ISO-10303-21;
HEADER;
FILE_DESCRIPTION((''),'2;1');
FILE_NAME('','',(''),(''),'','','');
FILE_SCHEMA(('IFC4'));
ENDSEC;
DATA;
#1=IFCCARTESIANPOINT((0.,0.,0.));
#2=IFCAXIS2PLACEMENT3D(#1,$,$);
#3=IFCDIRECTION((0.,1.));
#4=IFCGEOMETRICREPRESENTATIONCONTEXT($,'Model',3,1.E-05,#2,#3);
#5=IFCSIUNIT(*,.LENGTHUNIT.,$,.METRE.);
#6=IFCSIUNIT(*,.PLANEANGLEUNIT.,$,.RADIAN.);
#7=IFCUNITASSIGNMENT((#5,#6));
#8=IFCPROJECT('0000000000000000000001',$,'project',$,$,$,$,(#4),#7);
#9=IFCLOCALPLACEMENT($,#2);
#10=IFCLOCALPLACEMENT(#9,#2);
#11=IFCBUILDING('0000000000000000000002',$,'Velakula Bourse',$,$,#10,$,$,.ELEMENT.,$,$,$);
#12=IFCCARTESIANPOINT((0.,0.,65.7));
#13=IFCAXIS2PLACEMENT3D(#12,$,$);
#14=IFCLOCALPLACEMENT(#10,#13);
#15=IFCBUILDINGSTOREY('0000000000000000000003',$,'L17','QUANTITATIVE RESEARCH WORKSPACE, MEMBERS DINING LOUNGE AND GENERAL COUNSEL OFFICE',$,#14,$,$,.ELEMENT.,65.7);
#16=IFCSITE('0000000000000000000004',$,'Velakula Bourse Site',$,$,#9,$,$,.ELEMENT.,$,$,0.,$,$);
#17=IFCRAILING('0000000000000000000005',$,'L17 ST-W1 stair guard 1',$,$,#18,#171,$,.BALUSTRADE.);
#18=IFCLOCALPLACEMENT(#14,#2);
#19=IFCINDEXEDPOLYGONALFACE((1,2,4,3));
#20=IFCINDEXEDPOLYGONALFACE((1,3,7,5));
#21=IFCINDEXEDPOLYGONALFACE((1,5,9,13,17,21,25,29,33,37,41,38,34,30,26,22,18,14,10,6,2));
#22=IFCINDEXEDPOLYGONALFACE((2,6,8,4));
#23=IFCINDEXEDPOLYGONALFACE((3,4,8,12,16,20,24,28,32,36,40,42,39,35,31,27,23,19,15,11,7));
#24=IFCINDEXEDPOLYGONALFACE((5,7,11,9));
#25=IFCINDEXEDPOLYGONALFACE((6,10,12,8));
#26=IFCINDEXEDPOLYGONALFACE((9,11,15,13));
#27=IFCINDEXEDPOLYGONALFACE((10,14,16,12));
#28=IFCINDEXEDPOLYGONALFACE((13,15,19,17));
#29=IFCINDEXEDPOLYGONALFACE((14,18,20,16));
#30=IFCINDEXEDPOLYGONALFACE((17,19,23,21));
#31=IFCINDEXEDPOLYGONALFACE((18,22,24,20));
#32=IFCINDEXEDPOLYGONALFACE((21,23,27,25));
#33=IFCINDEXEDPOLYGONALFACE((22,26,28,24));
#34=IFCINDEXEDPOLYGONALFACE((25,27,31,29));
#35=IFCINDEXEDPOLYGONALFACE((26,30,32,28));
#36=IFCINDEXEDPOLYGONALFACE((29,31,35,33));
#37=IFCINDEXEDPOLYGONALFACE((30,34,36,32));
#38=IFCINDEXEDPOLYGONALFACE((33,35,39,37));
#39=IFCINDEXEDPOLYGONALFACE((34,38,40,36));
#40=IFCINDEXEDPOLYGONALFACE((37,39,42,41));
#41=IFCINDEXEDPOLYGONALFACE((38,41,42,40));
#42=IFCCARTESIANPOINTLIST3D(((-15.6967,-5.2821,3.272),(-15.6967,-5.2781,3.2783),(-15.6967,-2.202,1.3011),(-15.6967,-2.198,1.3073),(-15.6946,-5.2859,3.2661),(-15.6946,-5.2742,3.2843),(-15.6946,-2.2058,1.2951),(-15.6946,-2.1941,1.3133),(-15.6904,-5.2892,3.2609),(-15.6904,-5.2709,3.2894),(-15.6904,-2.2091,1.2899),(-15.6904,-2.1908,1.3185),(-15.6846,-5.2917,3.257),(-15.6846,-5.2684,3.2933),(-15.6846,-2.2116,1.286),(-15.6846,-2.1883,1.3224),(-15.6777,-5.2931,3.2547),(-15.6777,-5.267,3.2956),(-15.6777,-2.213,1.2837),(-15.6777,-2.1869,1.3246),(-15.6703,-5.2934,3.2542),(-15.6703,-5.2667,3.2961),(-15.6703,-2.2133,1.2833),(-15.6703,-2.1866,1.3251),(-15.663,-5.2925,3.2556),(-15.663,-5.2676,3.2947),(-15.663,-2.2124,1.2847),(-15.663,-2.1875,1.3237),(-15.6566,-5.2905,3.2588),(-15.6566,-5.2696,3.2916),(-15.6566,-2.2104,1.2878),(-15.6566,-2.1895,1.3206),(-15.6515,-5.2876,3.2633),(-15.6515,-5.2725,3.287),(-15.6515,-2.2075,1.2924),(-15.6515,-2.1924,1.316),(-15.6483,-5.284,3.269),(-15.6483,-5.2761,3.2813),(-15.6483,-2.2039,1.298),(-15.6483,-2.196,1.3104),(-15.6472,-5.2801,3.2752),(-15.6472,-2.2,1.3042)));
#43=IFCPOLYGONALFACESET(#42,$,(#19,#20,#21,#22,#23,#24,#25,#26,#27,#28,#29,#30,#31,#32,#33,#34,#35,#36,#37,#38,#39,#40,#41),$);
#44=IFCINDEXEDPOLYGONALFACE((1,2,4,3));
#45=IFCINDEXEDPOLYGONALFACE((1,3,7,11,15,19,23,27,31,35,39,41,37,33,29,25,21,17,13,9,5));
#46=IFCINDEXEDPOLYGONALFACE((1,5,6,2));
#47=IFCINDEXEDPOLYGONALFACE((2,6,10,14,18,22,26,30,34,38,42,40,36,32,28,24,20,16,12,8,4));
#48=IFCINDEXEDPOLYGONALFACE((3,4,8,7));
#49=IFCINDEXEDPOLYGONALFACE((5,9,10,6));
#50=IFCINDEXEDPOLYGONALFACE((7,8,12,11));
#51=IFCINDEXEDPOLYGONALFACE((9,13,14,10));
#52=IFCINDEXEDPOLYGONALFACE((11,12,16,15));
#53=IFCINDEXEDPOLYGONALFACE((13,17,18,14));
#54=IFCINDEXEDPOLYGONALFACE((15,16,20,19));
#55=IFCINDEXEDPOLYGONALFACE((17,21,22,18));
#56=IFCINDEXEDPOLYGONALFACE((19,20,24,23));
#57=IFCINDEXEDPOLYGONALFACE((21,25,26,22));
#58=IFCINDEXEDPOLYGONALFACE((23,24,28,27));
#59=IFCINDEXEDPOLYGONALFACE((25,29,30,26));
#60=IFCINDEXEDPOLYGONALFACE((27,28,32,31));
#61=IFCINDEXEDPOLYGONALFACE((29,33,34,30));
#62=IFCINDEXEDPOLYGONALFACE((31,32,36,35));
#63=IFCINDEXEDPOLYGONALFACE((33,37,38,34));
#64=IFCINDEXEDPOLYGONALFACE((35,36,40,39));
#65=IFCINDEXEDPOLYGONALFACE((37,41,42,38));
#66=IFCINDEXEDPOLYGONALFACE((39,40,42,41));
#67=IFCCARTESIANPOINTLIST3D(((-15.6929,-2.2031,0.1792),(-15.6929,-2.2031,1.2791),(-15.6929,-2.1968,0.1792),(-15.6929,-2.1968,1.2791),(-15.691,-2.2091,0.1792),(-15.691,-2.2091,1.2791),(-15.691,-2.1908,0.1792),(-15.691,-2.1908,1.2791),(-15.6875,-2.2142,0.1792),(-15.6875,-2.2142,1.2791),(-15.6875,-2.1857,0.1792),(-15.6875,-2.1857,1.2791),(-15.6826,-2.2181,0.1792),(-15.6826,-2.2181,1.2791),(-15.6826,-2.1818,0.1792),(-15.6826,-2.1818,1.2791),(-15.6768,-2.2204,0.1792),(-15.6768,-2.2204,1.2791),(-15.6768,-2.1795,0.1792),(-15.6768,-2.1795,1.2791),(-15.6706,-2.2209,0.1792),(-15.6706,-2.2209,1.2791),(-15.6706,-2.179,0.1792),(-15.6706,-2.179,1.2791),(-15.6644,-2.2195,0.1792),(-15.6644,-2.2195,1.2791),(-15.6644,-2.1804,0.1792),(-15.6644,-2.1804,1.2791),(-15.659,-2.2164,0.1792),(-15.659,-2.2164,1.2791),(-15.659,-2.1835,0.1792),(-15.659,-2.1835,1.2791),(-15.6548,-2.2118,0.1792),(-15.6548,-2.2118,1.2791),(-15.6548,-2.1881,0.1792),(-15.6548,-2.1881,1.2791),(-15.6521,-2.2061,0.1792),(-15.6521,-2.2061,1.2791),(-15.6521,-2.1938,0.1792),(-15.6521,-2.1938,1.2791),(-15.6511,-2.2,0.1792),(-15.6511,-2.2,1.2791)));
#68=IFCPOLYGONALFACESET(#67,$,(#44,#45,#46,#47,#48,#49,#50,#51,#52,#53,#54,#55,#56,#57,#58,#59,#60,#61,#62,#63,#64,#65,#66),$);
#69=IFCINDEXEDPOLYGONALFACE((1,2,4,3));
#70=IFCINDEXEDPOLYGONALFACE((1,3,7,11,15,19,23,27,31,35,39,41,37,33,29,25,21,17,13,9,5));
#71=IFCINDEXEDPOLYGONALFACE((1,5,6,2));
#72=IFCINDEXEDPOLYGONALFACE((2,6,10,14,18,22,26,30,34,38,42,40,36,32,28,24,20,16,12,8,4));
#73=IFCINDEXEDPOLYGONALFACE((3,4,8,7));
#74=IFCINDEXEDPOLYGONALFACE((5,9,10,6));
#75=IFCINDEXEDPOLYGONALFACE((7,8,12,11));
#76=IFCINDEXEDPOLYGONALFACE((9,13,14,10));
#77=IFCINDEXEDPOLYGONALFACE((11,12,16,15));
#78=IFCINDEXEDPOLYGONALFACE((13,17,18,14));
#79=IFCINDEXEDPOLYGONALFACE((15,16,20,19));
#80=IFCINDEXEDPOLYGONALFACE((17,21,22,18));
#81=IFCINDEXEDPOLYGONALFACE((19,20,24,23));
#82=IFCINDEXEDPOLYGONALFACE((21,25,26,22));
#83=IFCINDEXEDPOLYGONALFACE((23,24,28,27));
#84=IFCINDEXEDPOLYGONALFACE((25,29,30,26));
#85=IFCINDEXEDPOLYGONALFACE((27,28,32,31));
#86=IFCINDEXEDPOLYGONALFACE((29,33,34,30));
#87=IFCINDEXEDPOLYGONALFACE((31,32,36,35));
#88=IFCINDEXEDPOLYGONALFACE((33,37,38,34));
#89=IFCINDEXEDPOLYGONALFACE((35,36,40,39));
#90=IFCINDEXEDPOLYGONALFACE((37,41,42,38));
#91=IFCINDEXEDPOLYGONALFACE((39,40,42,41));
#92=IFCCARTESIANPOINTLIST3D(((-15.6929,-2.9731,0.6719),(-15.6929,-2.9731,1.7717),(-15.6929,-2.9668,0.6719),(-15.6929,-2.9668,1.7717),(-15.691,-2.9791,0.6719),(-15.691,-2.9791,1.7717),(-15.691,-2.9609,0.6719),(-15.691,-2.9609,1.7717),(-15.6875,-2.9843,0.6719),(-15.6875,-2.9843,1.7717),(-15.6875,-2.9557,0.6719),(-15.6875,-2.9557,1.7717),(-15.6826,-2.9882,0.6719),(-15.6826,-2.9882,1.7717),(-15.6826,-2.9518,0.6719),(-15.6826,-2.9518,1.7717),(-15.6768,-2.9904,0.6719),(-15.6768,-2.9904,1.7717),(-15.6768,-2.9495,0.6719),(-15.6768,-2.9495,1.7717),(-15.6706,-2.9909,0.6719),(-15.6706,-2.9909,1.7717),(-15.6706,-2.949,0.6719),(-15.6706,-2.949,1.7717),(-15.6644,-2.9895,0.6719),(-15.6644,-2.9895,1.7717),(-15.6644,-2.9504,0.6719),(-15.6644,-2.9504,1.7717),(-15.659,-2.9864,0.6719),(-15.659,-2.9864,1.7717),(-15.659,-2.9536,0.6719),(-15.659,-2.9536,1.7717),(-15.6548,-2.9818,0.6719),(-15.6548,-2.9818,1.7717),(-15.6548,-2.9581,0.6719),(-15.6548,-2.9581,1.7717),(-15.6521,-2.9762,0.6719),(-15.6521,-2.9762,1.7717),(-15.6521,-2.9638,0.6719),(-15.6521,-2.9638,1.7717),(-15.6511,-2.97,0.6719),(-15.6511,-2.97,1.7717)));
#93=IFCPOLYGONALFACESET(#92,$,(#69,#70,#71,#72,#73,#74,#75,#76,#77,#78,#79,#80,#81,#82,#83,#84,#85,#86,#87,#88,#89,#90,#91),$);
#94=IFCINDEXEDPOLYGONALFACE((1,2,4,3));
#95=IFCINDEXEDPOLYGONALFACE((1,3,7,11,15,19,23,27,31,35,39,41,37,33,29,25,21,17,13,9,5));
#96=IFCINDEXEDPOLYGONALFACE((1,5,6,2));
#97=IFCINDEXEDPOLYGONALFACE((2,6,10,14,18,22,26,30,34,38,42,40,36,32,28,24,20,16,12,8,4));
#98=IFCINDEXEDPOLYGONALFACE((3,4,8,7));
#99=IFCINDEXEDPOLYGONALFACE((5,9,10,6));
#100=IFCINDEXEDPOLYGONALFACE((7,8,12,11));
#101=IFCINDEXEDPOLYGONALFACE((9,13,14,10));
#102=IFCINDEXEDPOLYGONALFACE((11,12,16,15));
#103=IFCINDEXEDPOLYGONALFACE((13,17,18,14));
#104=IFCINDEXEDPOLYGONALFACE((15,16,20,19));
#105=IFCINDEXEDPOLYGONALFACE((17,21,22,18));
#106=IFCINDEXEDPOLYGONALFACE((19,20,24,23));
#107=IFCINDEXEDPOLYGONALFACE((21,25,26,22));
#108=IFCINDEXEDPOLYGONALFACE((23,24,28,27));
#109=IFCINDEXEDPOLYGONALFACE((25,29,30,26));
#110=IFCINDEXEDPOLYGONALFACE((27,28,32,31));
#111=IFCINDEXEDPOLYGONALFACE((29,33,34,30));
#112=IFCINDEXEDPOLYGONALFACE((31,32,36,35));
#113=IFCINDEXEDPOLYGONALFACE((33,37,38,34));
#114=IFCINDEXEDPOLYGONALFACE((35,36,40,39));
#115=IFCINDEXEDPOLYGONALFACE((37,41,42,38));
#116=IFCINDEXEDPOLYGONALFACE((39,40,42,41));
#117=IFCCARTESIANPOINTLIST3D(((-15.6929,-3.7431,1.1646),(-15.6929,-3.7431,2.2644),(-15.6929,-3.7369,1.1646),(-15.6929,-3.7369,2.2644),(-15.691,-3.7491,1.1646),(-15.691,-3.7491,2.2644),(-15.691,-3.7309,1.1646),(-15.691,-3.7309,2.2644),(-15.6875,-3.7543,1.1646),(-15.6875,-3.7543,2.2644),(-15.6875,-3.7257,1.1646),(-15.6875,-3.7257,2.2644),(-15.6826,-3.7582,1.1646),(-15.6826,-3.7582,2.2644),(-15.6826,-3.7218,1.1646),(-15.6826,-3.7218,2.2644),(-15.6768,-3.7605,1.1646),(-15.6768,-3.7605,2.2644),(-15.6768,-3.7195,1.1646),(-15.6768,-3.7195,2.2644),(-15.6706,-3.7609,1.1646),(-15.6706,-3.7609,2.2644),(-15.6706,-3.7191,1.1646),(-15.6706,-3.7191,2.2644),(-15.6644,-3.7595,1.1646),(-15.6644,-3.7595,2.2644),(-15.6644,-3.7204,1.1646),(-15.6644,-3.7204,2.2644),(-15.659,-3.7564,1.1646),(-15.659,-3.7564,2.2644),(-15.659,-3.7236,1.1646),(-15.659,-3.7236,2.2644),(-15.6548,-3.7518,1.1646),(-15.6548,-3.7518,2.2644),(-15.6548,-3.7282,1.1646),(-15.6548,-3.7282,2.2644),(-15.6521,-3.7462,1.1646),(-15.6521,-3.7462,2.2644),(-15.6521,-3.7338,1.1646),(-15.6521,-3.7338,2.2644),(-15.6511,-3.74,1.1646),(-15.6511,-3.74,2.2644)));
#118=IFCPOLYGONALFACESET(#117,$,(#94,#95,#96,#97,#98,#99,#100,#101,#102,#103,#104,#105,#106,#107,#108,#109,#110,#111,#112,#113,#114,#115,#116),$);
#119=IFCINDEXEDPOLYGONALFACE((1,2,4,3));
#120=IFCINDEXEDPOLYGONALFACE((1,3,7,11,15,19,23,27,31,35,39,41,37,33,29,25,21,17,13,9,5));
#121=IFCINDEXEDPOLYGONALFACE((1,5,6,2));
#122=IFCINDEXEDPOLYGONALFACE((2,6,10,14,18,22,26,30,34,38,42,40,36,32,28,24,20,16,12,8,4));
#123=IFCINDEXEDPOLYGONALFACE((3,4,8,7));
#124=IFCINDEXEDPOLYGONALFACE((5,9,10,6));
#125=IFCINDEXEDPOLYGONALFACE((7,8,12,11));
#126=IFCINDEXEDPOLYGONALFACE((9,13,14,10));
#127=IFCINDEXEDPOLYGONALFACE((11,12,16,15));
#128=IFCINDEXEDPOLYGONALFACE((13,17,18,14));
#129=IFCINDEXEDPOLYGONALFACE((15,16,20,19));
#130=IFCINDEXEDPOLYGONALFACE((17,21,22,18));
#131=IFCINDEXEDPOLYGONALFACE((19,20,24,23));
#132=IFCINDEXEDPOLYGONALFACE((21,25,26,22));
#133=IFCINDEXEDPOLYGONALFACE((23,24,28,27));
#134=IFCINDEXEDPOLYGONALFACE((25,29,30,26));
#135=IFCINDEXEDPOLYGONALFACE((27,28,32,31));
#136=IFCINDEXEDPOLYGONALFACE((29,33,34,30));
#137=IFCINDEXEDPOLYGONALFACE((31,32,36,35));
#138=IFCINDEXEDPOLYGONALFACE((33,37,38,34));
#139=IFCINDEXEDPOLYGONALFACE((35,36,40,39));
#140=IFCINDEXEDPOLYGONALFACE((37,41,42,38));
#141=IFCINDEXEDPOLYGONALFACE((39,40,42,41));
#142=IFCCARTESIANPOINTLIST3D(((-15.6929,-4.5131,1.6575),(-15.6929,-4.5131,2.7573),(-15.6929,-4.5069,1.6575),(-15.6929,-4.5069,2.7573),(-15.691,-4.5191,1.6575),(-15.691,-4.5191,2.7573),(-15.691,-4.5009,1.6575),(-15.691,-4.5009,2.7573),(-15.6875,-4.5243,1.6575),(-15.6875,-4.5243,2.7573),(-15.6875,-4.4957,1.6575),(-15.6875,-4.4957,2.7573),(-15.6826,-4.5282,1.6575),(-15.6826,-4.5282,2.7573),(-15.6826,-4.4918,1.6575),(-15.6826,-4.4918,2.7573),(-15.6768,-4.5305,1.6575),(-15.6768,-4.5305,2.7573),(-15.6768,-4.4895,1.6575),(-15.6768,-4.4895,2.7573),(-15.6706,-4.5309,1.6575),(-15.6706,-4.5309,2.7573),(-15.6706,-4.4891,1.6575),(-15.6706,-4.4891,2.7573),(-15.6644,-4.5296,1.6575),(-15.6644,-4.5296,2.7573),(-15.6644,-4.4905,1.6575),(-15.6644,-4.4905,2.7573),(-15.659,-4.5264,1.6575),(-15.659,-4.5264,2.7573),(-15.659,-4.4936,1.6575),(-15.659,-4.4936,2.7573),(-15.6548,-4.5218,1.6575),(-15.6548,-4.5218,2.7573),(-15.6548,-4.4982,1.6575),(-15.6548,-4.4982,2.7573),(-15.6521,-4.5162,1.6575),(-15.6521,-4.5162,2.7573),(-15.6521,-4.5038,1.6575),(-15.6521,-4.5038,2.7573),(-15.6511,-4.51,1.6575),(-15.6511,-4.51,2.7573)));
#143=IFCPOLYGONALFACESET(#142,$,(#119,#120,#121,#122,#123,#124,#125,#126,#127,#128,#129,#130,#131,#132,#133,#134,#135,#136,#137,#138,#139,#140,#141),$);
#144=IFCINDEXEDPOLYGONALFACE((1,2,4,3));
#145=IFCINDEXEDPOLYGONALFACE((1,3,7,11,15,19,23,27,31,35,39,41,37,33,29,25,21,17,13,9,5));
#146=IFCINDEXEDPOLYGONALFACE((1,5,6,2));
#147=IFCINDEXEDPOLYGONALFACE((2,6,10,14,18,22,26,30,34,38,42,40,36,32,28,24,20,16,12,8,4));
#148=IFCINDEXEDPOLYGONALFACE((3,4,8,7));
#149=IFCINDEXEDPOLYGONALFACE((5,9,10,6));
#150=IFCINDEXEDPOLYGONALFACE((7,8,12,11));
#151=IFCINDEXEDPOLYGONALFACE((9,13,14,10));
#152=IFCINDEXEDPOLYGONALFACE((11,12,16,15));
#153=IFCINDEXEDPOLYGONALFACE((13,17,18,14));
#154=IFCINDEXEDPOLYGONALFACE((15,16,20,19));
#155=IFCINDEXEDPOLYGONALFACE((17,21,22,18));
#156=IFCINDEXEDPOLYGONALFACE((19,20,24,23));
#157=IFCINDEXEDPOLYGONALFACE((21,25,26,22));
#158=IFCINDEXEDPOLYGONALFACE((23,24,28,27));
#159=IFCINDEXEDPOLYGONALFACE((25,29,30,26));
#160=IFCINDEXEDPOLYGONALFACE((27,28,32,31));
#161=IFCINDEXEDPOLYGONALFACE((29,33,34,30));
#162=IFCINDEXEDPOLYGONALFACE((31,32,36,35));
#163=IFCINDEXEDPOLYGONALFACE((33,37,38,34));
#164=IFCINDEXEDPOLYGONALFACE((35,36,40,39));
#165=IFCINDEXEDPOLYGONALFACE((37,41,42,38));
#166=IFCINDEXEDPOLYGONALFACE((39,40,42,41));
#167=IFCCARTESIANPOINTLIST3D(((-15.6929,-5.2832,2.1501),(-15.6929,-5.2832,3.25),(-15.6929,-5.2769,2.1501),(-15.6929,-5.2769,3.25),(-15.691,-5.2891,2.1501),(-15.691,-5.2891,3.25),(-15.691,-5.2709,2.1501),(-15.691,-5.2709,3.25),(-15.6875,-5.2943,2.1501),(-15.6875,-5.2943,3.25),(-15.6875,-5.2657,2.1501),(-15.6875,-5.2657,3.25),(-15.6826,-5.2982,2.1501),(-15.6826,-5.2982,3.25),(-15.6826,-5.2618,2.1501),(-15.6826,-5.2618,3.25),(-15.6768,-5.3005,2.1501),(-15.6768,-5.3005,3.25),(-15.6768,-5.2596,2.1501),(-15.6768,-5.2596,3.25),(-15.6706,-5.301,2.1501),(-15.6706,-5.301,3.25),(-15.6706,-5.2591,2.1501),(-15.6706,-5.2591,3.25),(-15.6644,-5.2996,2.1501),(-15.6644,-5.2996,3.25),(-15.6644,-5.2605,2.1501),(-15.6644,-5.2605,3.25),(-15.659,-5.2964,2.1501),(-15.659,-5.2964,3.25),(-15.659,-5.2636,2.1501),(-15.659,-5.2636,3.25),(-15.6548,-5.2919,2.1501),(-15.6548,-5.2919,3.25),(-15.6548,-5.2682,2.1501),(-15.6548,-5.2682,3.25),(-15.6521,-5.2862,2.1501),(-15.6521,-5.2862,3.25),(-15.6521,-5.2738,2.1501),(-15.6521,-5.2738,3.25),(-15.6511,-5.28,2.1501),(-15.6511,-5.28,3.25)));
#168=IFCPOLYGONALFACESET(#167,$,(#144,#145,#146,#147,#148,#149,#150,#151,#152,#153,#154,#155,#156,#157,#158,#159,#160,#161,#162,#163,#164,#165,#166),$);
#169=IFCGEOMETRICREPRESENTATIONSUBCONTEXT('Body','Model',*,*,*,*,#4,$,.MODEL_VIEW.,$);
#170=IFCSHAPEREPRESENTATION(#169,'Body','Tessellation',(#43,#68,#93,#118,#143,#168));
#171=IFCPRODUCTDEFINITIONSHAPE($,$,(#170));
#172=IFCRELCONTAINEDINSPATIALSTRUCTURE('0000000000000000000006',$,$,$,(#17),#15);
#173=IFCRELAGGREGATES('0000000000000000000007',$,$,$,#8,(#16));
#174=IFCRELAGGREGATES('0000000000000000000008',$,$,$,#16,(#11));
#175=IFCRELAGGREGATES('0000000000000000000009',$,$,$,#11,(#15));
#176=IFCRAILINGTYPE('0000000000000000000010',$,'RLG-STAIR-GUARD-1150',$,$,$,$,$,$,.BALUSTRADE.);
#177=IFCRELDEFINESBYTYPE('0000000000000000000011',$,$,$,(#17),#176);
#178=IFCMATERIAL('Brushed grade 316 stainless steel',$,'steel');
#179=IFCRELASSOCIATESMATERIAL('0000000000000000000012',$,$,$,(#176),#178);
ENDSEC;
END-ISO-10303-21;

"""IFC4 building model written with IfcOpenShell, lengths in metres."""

from ifc_helpers import new_model, si_unit, direction, frame, origin, origin_2d, place, context, subcontext, project, spatial, circle, extrude, material, type_object, element, save


model = new_model("IFC4")

# Units and contexts
model_context = context("Model", 3, precision=1e-05, world=origin(), true_north=direction((0.0, 1.0)))
body_context = subcontext(model_context, "Body", "Model", "MODEL_VIEW")
ifc_project = project(units=[si_unit("LENGTHUNIT", "METRE"), si_unit("PLANEANGLEUNIT", "RADIAN")], contexts=[model_context])

# Site, building, storey
site_placement = place(None, origin())
site = spatial("IfcSite", under=ifc_project, at=site_placement, Name="Velakula Bourse Site", CompositionType="ELEMENT", RefElevation=0.0)
building_placement = place(site_placement, origin())
building = spatial("IfcBuilding", under=site, at=building_placement, Name="Velakula Bourse", CompositionType="ELEMENT")
storey_placement = place(building_placement, frame((0.0, 0.0, 65.7)))
storey = spatial("IfcBuildingStorey", under=building, at=storey_placement, Name="L17", Description="QUANTITATIVE RESEARCH WORKSPACE, MEMBERS DINING LOUNGE AND GENERAL COUNSEL OFFICE", CompositionType="ELEMENT", Elevation=65.7)

# Shared definitions
ifc_material_1 = material(Name="Brushed grade 316 stainless steel", Category="steel")

# Railing
railing_type_1 = type_object("IfcRailingType", Name="RLG-STAIR-GUARD-1150", PredefinedType="BALUSTRADE", material=ifc_material_1)
railing_1_placement = place(storey_placement, frame((-15.6721, -2.2, 0.1792)))
element("IfcRailing", 1, at=railing_1_placement, inside=storey, type_object=railing_type_1, Name="L17 ST-W1 stair guard 1", PredefinedType="BALUSTRADE", context=body_context, shape_type="SweptSolid", body=[
    extrude(circle(Radius=0.0249, at=origin_2d()), frame((0.0, 0.0, 1.125), z_axis=(0.0, -0.842309, 0.538995), x_axis=(1.0, 0.0, 0.0)), (0.0, 0.0, 1.0), 3.6567),
    extrude(circle(Radius=0.021, at=origin_2d()), origin(), (0.0, 0.0, 1.0), 1.0999),
    extrude(circle(Radius=0.021, at=origin_2d()), frame((0.0, -0.77, 0.4927)), (0.0, 0.0, 1.0), 1.0999),
    extrude(circle(Radius=0.021, at=origin_2d()), frame((0.0, -1.54, 0.9854)), (0.0, 0.0, 1.0), 1.0999),
    extrude(circle(Radius=0.021, at=origin_2d()), frame((0.0, -2.3101, 1.4783)), (0.0, 0.0, 1.0), 1.0999),
    extrude(circle(Radius=0.021, at=origin_2d()), frame((0.0, -3.0801, 1.9709)), (0.0, 0.0, 1.0), 1.0999),
])

save(model, "model.ifc")
